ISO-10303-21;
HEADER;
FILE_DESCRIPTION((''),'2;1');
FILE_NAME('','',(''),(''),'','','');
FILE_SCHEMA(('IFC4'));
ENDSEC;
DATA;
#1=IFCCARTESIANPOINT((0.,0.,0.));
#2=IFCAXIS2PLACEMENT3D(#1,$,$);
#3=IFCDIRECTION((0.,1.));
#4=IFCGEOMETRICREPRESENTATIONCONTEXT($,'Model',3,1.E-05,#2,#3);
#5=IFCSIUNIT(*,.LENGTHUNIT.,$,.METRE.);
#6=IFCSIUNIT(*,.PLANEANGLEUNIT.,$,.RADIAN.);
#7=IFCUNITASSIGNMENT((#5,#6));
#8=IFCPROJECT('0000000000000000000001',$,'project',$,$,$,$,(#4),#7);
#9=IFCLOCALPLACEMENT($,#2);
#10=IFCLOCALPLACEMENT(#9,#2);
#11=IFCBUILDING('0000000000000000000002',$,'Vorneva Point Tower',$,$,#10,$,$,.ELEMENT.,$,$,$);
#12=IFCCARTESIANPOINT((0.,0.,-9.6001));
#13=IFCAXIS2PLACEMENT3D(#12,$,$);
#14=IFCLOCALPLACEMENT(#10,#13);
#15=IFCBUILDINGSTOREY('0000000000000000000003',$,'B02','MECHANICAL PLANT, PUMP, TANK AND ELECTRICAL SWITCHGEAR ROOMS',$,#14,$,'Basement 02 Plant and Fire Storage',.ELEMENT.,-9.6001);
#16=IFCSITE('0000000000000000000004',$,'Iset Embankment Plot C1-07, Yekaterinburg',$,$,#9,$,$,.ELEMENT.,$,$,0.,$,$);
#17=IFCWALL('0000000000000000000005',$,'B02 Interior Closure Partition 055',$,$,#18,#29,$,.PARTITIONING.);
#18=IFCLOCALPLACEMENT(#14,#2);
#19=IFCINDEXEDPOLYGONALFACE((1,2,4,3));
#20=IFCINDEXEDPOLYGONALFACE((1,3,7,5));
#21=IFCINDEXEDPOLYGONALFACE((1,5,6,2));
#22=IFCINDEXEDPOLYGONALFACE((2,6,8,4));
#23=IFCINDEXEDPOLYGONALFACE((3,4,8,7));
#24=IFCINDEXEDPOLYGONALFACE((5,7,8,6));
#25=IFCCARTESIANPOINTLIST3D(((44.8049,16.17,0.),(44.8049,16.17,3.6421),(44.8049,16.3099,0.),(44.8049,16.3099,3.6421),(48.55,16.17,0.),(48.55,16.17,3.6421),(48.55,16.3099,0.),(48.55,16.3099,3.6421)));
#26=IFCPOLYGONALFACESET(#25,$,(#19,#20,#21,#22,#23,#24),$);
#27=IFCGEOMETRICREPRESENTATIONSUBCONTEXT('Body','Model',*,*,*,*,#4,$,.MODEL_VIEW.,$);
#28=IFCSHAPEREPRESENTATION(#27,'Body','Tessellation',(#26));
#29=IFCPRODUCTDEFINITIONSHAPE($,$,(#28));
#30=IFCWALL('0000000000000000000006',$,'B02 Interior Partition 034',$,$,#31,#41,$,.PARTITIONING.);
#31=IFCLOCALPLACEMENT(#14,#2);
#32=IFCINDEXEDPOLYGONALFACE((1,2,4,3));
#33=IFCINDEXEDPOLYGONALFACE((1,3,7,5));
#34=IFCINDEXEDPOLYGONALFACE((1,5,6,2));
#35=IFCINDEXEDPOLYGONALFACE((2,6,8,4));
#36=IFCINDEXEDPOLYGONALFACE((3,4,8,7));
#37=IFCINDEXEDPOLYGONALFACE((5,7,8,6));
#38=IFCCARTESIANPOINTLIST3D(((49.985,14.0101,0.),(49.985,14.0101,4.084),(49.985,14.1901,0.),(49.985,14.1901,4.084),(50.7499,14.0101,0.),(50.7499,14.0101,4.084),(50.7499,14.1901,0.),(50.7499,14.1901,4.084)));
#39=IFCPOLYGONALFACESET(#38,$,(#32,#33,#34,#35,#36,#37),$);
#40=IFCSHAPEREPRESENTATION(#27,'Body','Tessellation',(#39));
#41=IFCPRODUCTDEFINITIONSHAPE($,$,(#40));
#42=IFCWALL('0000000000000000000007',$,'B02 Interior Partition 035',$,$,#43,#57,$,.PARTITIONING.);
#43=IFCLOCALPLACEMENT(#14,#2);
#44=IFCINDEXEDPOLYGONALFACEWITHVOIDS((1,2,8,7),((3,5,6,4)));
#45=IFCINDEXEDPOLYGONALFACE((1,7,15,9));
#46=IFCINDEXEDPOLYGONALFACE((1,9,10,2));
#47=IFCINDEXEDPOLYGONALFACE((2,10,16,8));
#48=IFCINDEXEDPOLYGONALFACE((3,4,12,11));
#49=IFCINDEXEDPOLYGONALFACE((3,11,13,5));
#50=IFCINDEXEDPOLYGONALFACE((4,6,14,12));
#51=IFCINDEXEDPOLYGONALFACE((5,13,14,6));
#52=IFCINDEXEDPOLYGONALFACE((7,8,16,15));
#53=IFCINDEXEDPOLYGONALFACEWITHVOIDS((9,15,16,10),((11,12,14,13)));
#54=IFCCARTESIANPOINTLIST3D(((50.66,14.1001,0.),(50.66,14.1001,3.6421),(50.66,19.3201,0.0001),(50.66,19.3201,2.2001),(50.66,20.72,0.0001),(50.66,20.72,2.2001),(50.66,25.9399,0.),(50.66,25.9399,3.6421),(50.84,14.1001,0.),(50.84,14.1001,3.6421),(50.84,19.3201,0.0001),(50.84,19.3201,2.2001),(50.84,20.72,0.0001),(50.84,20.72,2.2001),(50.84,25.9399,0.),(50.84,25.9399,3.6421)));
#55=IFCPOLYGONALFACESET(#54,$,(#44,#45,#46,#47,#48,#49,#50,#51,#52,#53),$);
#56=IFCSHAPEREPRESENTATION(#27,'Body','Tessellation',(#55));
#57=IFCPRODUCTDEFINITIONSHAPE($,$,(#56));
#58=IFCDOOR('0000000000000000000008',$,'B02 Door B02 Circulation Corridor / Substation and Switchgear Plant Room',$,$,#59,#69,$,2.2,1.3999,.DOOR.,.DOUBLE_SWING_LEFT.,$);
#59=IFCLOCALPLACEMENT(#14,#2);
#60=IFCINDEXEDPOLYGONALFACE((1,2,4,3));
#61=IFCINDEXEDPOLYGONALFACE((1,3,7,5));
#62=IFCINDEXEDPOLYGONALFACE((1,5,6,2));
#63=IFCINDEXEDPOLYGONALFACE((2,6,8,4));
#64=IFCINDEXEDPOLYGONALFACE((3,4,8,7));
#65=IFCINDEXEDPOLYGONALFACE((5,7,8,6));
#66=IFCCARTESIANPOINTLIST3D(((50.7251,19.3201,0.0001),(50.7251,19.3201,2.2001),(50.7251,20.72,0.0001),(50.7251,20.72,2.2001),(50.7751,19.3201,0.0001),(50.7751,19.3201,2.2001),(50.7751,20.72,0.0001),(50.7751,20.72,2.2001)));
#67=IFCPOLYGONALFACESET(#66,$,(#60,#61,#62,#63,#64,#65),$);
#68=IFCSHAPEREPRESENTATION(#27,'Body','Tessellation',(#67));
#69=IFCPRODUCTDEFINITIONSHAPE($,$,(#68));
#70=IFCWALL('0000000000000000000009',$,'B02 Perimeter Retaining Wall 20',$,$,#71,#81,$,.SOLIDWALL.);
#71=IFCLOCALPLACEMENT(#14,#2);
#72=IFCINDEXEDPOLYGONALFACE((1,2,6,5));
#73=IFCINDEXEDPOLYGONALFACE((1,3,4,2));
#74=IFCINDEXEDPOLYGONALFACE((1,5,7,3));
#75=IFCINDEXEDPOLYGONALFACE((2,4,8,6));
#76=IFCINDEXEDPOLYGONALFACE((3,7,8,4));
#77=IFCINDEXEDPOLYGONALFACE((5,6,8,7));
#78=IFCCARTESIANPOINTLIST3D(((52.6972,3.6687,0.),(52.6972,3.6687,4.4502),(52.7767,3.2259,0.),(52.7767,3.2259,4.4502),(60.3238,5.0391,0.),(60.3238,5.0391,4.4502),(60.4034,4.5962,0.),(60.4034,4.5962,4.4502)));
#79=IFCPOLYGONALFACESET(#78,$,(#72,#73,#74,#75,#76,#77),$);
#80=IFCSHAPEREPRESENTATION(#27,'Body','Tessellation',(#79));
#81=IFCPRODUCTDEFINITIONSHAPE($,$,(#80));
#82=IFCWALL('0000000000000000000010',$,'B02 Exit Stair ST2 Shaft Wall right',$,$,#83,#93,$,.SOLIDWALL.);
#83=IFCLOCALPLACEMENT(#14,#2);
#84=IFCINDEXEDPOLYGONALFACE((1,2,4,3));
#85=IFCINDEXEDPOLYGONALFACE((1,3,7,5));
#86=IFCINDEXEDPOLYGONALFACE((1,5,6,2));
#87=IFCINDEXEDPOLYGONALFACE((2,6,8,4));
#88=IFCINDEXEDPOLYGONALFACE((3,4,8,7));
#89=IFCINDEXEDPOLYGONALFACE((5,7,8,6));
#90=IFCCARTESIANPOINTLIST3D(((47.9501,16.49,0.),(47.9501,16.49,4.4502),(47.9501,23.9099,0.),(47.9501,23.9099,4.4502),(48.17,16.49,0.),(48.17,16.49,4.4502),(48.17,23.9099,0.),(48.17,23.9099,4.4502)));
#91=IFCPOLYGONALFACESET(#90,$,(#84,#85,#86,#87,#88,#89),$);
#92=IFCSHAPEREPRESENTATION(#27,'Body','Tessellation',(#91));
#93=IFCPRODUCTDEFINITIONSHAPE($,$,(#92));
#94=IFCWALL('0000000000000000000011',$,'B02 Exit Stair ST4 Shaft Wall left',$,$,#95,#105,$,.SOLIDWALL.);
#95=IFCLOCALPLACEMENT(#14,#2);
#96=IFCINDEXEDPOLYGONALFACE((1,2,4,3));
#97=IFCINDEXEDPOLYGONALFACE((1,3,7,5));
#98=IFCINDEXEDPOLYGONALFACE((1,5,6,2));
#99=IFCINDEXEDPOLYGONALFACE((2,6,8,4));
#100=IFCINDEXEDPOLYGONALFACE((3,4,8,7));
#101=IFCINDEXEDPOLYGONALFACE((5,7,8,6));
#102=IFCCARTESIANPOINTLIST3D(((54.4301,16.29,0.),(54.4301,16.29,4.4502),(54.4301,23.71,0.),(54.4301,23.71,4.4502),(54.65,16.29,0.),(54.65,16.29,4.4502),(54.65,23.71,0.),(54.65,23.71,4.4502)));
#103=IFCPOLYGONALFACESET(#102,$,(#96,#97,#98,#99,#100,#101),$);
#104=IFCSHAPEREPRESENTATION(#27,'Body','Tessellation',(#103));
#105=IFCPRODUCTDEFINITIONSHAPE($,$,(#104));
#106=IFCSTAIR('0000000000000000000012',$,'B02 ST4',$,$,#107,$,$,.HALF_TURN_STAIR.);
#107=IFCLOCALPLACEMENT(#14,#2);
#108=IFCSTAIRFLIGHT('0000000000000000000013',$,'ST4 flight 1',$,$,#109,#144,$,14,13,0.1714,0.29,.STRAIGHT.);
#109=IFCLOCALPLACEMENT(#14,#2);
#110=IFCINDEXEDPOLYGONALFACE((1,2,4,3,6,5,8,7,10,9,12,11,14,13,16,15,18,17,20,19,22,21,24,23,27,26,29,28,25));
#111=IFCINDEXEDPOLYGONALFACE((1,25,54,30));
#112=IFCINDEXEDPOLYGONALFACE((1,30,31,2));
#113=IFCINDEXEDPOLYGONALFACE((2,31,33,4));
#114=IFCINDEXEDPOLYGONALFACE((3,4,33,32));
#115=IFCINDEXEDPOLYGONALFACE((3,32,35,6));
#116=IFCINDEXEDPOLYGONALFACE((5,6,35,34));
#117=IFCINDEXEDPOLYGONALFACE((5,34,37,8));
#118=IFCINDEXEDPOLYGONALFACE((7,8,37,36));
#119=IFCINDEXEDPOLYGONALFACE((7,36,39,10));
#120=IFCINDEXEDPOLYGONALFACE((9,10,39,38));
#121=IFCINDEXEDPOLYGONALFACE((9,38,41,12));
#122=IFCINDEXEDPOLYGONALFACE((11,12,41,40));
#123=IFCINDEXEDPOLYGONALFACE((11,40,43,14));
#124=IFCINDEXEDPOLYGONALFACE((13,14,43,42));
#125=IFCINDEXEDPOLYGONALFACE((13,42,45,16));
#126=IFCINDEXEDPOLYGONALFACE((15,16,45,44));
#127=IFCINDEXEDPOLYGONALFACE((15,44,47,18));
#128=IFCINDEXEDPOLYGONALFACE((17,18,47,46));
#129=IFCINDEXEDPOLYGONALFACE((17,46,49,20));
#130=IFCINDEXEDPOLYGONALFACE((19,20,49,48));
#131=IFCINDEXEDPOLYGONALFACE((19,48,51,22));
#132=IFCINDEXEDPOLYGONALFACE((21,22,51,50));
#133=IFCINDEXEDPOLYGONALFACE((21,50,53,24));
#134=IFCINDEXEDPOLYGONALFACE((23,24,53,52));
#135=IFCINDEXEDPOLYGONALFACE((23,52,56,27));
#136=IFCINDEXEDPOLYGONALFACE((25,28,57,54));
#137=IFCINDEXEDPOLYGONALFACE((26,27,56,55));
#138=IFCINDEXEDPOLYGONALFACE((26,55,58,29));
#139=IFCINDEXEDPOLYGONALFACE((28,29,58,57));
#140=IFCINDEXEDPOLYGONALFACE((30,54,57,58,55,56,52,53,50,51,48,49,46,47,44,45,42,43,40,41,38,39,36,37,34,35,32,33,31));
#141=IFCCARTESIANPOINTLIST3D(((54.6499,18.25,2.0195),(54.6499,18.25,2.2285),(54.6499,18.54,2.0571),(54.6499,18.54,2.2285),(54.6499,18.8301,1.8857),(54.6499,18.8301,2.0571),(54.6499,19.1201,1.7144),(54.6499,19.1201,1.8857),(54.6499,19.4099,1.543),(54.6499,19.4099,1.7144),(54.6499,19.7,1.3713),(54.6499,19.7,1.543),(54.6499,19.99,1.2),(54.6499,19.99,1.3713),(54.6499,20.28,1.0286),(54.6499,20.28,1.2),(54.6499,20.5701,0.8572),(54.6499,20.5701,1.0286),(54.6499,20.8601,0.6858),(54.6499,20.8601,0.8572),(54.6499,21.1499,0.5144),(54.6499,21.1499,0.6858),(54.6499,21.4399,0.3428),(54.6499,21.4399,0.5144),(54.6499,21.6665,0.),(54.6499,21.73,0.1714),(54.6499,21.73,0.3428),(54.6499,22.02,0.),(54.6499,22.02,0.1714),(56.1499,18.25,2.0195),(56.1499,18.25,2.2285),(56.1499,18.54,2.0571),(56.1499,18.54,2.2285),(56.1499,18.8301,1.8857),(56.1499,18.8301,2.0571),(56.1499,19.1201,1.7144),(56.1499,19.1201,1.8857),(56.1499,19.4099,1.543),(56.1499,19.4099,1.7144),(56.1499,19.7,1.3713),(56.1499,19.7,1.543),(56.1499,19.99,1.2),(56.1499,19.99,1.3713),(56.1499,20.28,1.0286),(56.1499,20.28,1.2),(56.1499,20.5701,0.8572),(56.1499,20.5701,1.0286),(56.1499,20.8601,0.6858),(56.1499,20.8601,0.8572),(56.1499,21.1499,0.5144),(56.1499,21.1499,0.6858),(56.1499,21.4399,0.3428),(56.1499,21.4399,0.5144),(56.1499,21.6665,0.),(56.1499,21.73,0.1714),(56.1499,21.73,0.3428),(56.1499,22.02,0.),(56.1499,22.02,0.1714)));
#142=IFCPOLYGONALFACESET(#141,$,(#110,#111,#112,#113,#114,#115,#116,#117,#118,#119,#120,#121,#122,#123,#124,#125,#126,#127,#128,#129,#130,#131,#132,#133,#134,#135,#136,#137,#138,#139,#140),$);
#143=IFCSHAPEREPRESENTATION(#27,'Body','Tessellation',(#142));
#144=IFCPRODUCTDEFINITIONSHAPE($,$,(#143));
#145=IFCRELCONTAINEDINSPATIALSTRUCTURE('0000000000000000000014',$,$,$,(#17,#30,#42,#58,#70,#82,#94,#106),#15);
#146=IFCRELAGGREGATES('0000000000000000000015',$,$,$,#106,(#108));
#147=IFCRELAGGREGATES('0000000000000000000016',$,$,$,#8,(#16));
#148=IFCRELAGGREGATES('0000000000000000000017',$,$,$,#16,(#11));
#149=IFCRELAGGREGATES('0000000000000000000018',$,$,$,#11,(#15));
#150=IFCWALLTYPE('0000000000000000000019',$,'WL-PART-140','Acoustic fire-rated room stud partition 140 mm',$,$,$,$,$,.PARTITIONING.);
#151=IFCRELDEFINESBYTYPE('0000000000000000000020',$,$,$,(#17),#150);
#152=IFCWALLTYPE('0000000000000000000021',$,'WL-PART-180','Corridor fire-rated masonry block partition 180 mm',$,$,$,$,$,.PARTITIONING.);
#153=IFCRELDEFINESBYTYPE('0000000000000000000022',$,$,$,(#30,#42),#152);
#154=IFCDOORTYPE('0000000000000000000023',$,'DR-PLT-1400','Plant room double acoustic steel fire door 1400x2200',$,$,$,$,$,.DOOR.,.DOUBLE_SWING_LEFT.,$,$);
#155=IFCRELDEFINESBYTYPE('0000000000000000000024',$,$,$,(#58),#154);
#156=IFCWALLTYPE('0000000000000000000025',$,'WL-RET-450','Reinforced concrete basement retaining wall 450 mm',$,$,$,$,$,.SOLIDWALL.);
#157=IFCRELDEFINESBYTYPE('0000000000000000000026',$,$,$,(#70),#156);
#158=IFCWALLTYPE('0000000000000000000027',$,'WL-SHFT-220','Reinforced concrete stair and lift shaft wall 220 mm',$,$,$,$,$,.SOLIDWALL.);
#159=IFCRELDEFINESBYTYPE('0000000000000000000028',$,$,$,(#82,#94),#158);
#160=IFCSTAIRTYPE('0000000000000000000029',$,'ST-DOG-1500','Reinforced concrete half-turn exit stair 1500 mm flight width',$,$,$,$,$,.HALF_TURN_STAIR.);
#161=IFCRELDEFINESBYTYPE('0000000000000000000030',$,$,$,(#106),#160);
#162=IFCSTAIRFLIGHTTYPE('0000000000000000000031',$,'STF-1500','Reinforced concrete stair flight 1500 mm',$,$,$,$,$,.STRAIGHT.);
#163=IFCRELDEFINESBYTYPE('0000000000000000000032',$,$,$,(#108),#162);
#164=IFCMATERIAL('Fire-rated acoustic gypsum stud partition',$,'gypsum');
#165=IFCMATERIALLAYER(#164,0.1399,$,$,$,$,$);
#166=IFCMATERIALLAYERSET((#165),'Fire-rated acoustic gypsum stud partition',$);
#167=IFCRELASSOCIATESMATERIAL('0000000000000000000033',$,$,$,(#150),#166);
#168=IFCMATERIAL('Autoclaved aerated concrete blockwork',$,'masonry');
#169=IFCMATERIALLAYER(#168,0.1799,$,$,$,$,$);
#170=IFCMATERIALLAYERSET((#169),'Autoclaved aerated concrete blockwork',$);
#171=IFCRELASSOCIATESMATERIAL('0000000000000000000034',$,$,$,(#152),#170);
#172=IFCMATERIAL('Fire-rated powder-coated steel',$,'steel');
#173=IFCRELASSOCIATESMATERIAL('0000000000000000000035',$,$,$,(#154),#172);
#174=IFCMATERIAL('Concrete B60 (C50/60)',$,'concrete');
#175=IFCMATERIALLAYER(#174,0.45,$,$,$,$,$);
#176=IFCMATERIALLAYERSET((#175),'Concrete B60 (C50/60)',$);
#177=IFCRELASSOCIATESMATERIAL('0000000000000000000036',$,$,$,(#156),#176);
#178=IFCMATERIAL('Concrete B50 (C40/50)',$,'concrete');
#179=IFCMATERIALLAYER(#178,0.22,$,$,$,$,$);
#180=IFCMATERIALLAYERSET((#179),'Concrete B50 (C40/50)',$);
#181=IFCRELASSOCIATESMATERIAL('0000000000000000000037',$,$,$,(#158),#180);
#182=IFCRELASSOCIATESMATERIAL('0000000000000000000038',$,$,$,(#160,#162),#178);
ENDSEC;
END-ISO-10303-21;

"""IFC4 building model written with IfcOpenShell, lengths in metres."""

from ifc_helpers import new_model, si_unit, direction, frame, frame_2d, origin, place, context, subcontext, project, spatial, polyline, rectangle, outline, extrude, material, layer, layer_set, type_object, element, fill, aggregate, save


model = new_model("IFC4")

# Units and contexts
model_context = context("Model", 3, precision=1e-05, world=origin(), true_north=direction((0.0, 1.0)))
body_context = subcontext(model_context, "Body", "Model", "MODEL_VIEW")
ifc_project = project(units=[si_unit("LENGTHUNIT", "METRE"), si_unit("PLANEANGLEUNIT", "RADIAN")], contexts=[model_context])

# Site, building, storey
site_placement = place(None, origin())
site = spatial("IfcSite", under=ifc_project, at=site_placement, Name="Iset Embankment Plot C1-07, Yekaterinburg", CompositionType="ELEMENT", RefElevation=0.0)
building_placement = place(site_placement, origin())
building = spatial("IfcBuilding", under=site, at=building_placement, Name="Vorneva Point Tower", CompositionType="ELEMENT")
storey_placement = place(building_placement, frame((0.0, 0.0, -9.6001)))
storey = spatial("IfcBuildingStorey", under=building, at=storey_placement, Name="B02", Description="MECHANICAL PLANT, PUMP, TANK AND ELECTRICAL SWITCHGEAR ROOMS", LongName="Basement 02 Plant and Fire Storage", CompositionType="ELEMENT", Elevation=-9.6001)

# Shared definitions
ifc_material_1 = material(Name="Concrete B50 (C40/50)", Category="concrete")

# Shared definitions
ifc_material_2 = material(Name="Concrete B60 (C50/60)", Category="concrete")

# Wall
ifc_material_3 = material(Name="Fire-rated acoustic gypsum stud partition", Category="gypsum")
ifc_layer_1 = layer(ifc_material_3, 0.1399)
ifc_layer_set_1 = layer_set([ifc_layer_1], Name="Fire-rated acoustic gypsum stud partition")
wall_type_1 = type_object("IfcWallType", Name="WL-PART-140", Description="Acoustic fire-rated room stud partition 140 mm", PredefinedType="PARTITIONING", material=ifc_layer_set_1)
wall_1_placement = place(storey_placement, frame((48.55, 16.24, 0.0), z_axis=(0.0, 0.0, 1.0), x_axis=(-1.0, 0.0, 0.0)))
element("IfcWall", 1, at=wall_1_placement, inside=storey, type_object=wall_type_1, Name="B02 Interior Closure Partition 055", PredefinedType="PARTITIONING", context=body_context, shape_type="SweptSolid", body=[
    extrude(rectangle(XDim=3.7451, YDim=0.1399, at=frame_2d((1.8726, 0.0))), origin(), (0.0, 0.0, 1.0), 3.6421),
])

# Shared definitions
ifc_material_4 = material(Name="Autoclaved aerated concrete blockwork", Category="masonry")
ifc_layer_2 = layer(ifc_material_4, 0.1799)
ifc_layer_set_2 = layer_set([ifc_layer_2], Name="Autoclaved aerated concrete blockwork")
wall_type_2 = type_object("IfcWallType", Name="WL-PART-180", Description="Corridor fire-rated masonry block partition 180 mm", PredefinedType="PARTITIONING", material=ifc_layer_set_2)
ifc_material_5 = material(Name="Fire-rated powder-coated steel", Category="steel")

# Wall
wall_2_placement = place(storey_placement, frame((49.9851, 14.1001, 0.0), z_axis=(0.0, 0.0, 1.0), x_axis=(1.0, 0.0, 0.0)))
element("IfcWall", 2, at=wall_2_placement, inside=storey, type_object=wall_type_2, Name="B02 Interior Partition 034", PredefinedType="PARTITIONING", context=body_context, shape_type="SweptSolid", body=[
    extrude(rectangle(XDim=0.7649, YDim=0.1799, at=frame_2d((0.3823, 0.0))), origin(), (0.0, 0.0, 1.0), 4.084),
])

# Wall, opening, door
wall_3_placement = place(storey_placement, frame((50.75, 14.1001, 0.0), z_axis=(0.0, 0.0, 1.0), x_axis=(0.0, 1.0, 0.0)))
wall_3 = element("IfcWall", 3, at=wall_3_placement, inside=storey, type_object=wall_type_2, Name="B02 Interior Partition 035", PredefinedType="PARTITIONING", context=body_context, shape_type="SweptSolid", body=[
    extrude(rectangle(XDim=11.8398, YDim=0.1799, at=frame_2d((5.9199, 0.0))), origin(), (0.0, 0.0, 1.0), 3.6421),
])
opening_1_placement = place(wall_3_placement, frame((5.22, 0.0, 0.0)))
opening_1 = element("IfcOpeningElement", 4, at=opening_1_placement, cuts=wall_3, PredefinedType="OPENING", context=body_context, shape_type="SweptSolid", body=[
    extrude(rectangle(XDim=1.3999, YDim=2.2, at=frame_2d((0.7, 1.1001))), frame((0.0, 0.105, 0.0), z_axis=(0.0, -1.0, 0.0), x_axis=(1.0, 0.0, 0.0)), (0.0, 0.0, 1.0), 0.2097),
])
door_type_1 = type_object("IfcDoorType", Name="DR-PLT-1400", Description="Plant room double acoustic steel fire door 1400x2200", OperationType="DOUBLE_SWING_LEFT", PredefinedType="DOOR", material=ifc_material_5)
door_1_placement = place(opening_1_placement, origin())
door_1 = element("IfcDoor", 5, at=door_1_placement, inside=storey, type_object=door_type_1, Name="B02 Door B02 Circulation Corridor / Substation and Switchgear Plant Room", OperationType="DOUBLE_SWING_LEFT", OverallHeight=2.2, OverallWidth=1.3999, PredefinedType="DOOR", context=body_context, shape_type="SweptSolid", body=[
    extrude(rectangle(XDim=1.3999, YDim=2.2, at=frame_2d((0.7, 1.1001))), frame((0.0, 0.0249, 0.0), z_axis=(0.0, -1.0, 0.0), x_axis=(1.0, 0.0, 0.0)), (0.0, 0.0, 1.0), 0.05),
])
fill(opening_1, door_1)

# Walls
ifc_layer_3 = layer(ifc_material_2, 0.45)
ifc_layer_set_3 = layer_set([ifc_layer_3], Name="Concrete B60 (C50/60)")
wall_type_3 = type_object("IfcWallType", Name="WL-RET-450", Description="Reinforced concrete basement retaining wall 450 mm", PredefinedType="SOLIDWALL", material=ifc_layer_set_3)
wall_4_placement = place(storey_placement, frame((52.7368, 3.4473, 0.0), z_axis=(0.0, 0.0, 1.0), x_axis=(0.984238, 0.176847, 0.0)))
element("IfcWall", 6, at=wall_4_placement, inside=storey, type_object=wall_type_3, Name="B02 Perimeter Retaining Wall 20", PredefinedType="SOLIDWALL", context=body_context, shape_type="SweptSolid", body=[
    extrude(rectangle(XDim=7.7488, YDim=0.45, at=frame_2d((3.8745, 0.0))), origin(), (0.0, 0.0, 1.0), 4.4502),
])
ifc_layer_4 = layer(ifc_material_1, 0.22)
ifc_layer_set_4 = layer_set([ifc_layer_4], Name="Concrete B50 (C40/50)")
wall_type_4 = type_object("IfcWallType", Name="WL-SHFT-220", Description="Reinforced concrete stair and lift shaft wall 220 mm", PredefinedType="SOLIDWALL", material=ifc_layer_set_4)
wall_5_placement = place(storey_placement, frame((48.0601, 23.9099, 0.0), z_axis=(0.0, 0.0, 1.0), x_axis=(0.0, -1.0, 0.0)))
element("IfcWall", 7, at=wall_5_placement, inside=storey, type_object=wall_type_4, Name="B02 Exit Stair ST2 Shaft Wall right", PredefinedType="SOLIDWALL", context=body_context, shape_type="SweptSolid", body=[
    extrude(rectangle(XDim=7.4199, YDim=0.22, at=frame_2d((3.71, 0.0))), origin(), (0.0, 0.0, 1.0), 4.4502),
])

# Wall
wall_6_placement = place(storey_placement, frame((54.54, 16.29, 0.0), z_axis=(0.0, 0.0, 1.0), x_axis=(0.0, 1.0, 0.0)))
element("IfcWall", 8, at=wall_6_placement, inside=storey, type_object=wall_type_4, Name="B02 Exit Stair ST4 Shaft Wall left", PredefinedType="SOLIDWALL", context=body_context, shape_type="SweptSolid", body=[
    extrude(rectangle(XDim=7.4199, YDim=0.22, at=frame_2d((3.71, 0.0))), origin(), (0.0, 0.0, 1.0), 4.4502),
])

# Stair, stair flight
stair_type = type_object("IfcStairType", Name="ST-DOG-1500", Description="Reinforced concrete half-turn exit stair 1500 mm flight width", PredefinedType="HALF_TURN_STAIR", material=ifc_material_1)
stair_placement = place(storey_placement, origin())
stair = element("IfcStair", 9, at=stair_placement, inside=storey, type_object=stair_type, Name="B02 ST4", PredefinedType="HALF_TURN_STAIR")
stair_flight_type = type_object("IfcStairFlightType", Name="STF-1500", Description="Reinforced concrete stair flight 1500 mm", PredefinedType="STRAIGHT", material=ifc_material_1)
stair_flight_1_placement = place(storey_placement, frame((55.3999, 22.02, 0.0), z_axis=(0.0, 0.0, 1.0), x_axis=(0.0, -1.0, 0.0)))
stair_flight_1 = element("IfcStairFlight", 10, at=stair_flight_1_placement, type_object=stair_flight_type, Name="ST4 flight 1", NumberOfRisers=14, NumberOfTreads=13, PredefinedType="STRAIGHT", RiserHeight=0.1714, TreadLength=0.29, context=body_context, shape_type="SweptSolid", body=[
    extrude(outline(polyline([(0.0, 0.0), (0.0, 0.1714), (0.29, 0.1714), (0.29, 0.3428), (0.5801, 0.3428), (0.5801, 0.5144), (0.8701, 0.5144), (0.8701, 0.6858), (1.1599, 0.6858), (1.1599, 0.8572), (1.45, 0.8572), (1.45, 1.0286), (1.74, 1.0286), (1.74, 1.2), (2.03, 1.2), (2.03, 1.3713), (2.3201, 1.3713), (2.3201, 1.543), (2.6101, 1.543), (2.6101, 1.7144), (2.8999, 1.7144), (2.8999, 1.8857), (3.1899, 1.8857), (3.1899, 2.0571), (3.48, 2.0571), (3.48, 2.2285), (3.77, 2.2285), (3.77, 2.3999), (3.77, 2.0195), (0.3535, 0.0), (0.0, 0.0)])), frame((0.0, 0.75, 0.0), z_axis=(0.0, -1.0, 0.0), x_axis=(1.0, 0.0, 0.0)), (0.0, 0.0, 1.0), 1.5),
])
aggregate(stair, [stair_flight_1])

save(model, "model.ifc")
